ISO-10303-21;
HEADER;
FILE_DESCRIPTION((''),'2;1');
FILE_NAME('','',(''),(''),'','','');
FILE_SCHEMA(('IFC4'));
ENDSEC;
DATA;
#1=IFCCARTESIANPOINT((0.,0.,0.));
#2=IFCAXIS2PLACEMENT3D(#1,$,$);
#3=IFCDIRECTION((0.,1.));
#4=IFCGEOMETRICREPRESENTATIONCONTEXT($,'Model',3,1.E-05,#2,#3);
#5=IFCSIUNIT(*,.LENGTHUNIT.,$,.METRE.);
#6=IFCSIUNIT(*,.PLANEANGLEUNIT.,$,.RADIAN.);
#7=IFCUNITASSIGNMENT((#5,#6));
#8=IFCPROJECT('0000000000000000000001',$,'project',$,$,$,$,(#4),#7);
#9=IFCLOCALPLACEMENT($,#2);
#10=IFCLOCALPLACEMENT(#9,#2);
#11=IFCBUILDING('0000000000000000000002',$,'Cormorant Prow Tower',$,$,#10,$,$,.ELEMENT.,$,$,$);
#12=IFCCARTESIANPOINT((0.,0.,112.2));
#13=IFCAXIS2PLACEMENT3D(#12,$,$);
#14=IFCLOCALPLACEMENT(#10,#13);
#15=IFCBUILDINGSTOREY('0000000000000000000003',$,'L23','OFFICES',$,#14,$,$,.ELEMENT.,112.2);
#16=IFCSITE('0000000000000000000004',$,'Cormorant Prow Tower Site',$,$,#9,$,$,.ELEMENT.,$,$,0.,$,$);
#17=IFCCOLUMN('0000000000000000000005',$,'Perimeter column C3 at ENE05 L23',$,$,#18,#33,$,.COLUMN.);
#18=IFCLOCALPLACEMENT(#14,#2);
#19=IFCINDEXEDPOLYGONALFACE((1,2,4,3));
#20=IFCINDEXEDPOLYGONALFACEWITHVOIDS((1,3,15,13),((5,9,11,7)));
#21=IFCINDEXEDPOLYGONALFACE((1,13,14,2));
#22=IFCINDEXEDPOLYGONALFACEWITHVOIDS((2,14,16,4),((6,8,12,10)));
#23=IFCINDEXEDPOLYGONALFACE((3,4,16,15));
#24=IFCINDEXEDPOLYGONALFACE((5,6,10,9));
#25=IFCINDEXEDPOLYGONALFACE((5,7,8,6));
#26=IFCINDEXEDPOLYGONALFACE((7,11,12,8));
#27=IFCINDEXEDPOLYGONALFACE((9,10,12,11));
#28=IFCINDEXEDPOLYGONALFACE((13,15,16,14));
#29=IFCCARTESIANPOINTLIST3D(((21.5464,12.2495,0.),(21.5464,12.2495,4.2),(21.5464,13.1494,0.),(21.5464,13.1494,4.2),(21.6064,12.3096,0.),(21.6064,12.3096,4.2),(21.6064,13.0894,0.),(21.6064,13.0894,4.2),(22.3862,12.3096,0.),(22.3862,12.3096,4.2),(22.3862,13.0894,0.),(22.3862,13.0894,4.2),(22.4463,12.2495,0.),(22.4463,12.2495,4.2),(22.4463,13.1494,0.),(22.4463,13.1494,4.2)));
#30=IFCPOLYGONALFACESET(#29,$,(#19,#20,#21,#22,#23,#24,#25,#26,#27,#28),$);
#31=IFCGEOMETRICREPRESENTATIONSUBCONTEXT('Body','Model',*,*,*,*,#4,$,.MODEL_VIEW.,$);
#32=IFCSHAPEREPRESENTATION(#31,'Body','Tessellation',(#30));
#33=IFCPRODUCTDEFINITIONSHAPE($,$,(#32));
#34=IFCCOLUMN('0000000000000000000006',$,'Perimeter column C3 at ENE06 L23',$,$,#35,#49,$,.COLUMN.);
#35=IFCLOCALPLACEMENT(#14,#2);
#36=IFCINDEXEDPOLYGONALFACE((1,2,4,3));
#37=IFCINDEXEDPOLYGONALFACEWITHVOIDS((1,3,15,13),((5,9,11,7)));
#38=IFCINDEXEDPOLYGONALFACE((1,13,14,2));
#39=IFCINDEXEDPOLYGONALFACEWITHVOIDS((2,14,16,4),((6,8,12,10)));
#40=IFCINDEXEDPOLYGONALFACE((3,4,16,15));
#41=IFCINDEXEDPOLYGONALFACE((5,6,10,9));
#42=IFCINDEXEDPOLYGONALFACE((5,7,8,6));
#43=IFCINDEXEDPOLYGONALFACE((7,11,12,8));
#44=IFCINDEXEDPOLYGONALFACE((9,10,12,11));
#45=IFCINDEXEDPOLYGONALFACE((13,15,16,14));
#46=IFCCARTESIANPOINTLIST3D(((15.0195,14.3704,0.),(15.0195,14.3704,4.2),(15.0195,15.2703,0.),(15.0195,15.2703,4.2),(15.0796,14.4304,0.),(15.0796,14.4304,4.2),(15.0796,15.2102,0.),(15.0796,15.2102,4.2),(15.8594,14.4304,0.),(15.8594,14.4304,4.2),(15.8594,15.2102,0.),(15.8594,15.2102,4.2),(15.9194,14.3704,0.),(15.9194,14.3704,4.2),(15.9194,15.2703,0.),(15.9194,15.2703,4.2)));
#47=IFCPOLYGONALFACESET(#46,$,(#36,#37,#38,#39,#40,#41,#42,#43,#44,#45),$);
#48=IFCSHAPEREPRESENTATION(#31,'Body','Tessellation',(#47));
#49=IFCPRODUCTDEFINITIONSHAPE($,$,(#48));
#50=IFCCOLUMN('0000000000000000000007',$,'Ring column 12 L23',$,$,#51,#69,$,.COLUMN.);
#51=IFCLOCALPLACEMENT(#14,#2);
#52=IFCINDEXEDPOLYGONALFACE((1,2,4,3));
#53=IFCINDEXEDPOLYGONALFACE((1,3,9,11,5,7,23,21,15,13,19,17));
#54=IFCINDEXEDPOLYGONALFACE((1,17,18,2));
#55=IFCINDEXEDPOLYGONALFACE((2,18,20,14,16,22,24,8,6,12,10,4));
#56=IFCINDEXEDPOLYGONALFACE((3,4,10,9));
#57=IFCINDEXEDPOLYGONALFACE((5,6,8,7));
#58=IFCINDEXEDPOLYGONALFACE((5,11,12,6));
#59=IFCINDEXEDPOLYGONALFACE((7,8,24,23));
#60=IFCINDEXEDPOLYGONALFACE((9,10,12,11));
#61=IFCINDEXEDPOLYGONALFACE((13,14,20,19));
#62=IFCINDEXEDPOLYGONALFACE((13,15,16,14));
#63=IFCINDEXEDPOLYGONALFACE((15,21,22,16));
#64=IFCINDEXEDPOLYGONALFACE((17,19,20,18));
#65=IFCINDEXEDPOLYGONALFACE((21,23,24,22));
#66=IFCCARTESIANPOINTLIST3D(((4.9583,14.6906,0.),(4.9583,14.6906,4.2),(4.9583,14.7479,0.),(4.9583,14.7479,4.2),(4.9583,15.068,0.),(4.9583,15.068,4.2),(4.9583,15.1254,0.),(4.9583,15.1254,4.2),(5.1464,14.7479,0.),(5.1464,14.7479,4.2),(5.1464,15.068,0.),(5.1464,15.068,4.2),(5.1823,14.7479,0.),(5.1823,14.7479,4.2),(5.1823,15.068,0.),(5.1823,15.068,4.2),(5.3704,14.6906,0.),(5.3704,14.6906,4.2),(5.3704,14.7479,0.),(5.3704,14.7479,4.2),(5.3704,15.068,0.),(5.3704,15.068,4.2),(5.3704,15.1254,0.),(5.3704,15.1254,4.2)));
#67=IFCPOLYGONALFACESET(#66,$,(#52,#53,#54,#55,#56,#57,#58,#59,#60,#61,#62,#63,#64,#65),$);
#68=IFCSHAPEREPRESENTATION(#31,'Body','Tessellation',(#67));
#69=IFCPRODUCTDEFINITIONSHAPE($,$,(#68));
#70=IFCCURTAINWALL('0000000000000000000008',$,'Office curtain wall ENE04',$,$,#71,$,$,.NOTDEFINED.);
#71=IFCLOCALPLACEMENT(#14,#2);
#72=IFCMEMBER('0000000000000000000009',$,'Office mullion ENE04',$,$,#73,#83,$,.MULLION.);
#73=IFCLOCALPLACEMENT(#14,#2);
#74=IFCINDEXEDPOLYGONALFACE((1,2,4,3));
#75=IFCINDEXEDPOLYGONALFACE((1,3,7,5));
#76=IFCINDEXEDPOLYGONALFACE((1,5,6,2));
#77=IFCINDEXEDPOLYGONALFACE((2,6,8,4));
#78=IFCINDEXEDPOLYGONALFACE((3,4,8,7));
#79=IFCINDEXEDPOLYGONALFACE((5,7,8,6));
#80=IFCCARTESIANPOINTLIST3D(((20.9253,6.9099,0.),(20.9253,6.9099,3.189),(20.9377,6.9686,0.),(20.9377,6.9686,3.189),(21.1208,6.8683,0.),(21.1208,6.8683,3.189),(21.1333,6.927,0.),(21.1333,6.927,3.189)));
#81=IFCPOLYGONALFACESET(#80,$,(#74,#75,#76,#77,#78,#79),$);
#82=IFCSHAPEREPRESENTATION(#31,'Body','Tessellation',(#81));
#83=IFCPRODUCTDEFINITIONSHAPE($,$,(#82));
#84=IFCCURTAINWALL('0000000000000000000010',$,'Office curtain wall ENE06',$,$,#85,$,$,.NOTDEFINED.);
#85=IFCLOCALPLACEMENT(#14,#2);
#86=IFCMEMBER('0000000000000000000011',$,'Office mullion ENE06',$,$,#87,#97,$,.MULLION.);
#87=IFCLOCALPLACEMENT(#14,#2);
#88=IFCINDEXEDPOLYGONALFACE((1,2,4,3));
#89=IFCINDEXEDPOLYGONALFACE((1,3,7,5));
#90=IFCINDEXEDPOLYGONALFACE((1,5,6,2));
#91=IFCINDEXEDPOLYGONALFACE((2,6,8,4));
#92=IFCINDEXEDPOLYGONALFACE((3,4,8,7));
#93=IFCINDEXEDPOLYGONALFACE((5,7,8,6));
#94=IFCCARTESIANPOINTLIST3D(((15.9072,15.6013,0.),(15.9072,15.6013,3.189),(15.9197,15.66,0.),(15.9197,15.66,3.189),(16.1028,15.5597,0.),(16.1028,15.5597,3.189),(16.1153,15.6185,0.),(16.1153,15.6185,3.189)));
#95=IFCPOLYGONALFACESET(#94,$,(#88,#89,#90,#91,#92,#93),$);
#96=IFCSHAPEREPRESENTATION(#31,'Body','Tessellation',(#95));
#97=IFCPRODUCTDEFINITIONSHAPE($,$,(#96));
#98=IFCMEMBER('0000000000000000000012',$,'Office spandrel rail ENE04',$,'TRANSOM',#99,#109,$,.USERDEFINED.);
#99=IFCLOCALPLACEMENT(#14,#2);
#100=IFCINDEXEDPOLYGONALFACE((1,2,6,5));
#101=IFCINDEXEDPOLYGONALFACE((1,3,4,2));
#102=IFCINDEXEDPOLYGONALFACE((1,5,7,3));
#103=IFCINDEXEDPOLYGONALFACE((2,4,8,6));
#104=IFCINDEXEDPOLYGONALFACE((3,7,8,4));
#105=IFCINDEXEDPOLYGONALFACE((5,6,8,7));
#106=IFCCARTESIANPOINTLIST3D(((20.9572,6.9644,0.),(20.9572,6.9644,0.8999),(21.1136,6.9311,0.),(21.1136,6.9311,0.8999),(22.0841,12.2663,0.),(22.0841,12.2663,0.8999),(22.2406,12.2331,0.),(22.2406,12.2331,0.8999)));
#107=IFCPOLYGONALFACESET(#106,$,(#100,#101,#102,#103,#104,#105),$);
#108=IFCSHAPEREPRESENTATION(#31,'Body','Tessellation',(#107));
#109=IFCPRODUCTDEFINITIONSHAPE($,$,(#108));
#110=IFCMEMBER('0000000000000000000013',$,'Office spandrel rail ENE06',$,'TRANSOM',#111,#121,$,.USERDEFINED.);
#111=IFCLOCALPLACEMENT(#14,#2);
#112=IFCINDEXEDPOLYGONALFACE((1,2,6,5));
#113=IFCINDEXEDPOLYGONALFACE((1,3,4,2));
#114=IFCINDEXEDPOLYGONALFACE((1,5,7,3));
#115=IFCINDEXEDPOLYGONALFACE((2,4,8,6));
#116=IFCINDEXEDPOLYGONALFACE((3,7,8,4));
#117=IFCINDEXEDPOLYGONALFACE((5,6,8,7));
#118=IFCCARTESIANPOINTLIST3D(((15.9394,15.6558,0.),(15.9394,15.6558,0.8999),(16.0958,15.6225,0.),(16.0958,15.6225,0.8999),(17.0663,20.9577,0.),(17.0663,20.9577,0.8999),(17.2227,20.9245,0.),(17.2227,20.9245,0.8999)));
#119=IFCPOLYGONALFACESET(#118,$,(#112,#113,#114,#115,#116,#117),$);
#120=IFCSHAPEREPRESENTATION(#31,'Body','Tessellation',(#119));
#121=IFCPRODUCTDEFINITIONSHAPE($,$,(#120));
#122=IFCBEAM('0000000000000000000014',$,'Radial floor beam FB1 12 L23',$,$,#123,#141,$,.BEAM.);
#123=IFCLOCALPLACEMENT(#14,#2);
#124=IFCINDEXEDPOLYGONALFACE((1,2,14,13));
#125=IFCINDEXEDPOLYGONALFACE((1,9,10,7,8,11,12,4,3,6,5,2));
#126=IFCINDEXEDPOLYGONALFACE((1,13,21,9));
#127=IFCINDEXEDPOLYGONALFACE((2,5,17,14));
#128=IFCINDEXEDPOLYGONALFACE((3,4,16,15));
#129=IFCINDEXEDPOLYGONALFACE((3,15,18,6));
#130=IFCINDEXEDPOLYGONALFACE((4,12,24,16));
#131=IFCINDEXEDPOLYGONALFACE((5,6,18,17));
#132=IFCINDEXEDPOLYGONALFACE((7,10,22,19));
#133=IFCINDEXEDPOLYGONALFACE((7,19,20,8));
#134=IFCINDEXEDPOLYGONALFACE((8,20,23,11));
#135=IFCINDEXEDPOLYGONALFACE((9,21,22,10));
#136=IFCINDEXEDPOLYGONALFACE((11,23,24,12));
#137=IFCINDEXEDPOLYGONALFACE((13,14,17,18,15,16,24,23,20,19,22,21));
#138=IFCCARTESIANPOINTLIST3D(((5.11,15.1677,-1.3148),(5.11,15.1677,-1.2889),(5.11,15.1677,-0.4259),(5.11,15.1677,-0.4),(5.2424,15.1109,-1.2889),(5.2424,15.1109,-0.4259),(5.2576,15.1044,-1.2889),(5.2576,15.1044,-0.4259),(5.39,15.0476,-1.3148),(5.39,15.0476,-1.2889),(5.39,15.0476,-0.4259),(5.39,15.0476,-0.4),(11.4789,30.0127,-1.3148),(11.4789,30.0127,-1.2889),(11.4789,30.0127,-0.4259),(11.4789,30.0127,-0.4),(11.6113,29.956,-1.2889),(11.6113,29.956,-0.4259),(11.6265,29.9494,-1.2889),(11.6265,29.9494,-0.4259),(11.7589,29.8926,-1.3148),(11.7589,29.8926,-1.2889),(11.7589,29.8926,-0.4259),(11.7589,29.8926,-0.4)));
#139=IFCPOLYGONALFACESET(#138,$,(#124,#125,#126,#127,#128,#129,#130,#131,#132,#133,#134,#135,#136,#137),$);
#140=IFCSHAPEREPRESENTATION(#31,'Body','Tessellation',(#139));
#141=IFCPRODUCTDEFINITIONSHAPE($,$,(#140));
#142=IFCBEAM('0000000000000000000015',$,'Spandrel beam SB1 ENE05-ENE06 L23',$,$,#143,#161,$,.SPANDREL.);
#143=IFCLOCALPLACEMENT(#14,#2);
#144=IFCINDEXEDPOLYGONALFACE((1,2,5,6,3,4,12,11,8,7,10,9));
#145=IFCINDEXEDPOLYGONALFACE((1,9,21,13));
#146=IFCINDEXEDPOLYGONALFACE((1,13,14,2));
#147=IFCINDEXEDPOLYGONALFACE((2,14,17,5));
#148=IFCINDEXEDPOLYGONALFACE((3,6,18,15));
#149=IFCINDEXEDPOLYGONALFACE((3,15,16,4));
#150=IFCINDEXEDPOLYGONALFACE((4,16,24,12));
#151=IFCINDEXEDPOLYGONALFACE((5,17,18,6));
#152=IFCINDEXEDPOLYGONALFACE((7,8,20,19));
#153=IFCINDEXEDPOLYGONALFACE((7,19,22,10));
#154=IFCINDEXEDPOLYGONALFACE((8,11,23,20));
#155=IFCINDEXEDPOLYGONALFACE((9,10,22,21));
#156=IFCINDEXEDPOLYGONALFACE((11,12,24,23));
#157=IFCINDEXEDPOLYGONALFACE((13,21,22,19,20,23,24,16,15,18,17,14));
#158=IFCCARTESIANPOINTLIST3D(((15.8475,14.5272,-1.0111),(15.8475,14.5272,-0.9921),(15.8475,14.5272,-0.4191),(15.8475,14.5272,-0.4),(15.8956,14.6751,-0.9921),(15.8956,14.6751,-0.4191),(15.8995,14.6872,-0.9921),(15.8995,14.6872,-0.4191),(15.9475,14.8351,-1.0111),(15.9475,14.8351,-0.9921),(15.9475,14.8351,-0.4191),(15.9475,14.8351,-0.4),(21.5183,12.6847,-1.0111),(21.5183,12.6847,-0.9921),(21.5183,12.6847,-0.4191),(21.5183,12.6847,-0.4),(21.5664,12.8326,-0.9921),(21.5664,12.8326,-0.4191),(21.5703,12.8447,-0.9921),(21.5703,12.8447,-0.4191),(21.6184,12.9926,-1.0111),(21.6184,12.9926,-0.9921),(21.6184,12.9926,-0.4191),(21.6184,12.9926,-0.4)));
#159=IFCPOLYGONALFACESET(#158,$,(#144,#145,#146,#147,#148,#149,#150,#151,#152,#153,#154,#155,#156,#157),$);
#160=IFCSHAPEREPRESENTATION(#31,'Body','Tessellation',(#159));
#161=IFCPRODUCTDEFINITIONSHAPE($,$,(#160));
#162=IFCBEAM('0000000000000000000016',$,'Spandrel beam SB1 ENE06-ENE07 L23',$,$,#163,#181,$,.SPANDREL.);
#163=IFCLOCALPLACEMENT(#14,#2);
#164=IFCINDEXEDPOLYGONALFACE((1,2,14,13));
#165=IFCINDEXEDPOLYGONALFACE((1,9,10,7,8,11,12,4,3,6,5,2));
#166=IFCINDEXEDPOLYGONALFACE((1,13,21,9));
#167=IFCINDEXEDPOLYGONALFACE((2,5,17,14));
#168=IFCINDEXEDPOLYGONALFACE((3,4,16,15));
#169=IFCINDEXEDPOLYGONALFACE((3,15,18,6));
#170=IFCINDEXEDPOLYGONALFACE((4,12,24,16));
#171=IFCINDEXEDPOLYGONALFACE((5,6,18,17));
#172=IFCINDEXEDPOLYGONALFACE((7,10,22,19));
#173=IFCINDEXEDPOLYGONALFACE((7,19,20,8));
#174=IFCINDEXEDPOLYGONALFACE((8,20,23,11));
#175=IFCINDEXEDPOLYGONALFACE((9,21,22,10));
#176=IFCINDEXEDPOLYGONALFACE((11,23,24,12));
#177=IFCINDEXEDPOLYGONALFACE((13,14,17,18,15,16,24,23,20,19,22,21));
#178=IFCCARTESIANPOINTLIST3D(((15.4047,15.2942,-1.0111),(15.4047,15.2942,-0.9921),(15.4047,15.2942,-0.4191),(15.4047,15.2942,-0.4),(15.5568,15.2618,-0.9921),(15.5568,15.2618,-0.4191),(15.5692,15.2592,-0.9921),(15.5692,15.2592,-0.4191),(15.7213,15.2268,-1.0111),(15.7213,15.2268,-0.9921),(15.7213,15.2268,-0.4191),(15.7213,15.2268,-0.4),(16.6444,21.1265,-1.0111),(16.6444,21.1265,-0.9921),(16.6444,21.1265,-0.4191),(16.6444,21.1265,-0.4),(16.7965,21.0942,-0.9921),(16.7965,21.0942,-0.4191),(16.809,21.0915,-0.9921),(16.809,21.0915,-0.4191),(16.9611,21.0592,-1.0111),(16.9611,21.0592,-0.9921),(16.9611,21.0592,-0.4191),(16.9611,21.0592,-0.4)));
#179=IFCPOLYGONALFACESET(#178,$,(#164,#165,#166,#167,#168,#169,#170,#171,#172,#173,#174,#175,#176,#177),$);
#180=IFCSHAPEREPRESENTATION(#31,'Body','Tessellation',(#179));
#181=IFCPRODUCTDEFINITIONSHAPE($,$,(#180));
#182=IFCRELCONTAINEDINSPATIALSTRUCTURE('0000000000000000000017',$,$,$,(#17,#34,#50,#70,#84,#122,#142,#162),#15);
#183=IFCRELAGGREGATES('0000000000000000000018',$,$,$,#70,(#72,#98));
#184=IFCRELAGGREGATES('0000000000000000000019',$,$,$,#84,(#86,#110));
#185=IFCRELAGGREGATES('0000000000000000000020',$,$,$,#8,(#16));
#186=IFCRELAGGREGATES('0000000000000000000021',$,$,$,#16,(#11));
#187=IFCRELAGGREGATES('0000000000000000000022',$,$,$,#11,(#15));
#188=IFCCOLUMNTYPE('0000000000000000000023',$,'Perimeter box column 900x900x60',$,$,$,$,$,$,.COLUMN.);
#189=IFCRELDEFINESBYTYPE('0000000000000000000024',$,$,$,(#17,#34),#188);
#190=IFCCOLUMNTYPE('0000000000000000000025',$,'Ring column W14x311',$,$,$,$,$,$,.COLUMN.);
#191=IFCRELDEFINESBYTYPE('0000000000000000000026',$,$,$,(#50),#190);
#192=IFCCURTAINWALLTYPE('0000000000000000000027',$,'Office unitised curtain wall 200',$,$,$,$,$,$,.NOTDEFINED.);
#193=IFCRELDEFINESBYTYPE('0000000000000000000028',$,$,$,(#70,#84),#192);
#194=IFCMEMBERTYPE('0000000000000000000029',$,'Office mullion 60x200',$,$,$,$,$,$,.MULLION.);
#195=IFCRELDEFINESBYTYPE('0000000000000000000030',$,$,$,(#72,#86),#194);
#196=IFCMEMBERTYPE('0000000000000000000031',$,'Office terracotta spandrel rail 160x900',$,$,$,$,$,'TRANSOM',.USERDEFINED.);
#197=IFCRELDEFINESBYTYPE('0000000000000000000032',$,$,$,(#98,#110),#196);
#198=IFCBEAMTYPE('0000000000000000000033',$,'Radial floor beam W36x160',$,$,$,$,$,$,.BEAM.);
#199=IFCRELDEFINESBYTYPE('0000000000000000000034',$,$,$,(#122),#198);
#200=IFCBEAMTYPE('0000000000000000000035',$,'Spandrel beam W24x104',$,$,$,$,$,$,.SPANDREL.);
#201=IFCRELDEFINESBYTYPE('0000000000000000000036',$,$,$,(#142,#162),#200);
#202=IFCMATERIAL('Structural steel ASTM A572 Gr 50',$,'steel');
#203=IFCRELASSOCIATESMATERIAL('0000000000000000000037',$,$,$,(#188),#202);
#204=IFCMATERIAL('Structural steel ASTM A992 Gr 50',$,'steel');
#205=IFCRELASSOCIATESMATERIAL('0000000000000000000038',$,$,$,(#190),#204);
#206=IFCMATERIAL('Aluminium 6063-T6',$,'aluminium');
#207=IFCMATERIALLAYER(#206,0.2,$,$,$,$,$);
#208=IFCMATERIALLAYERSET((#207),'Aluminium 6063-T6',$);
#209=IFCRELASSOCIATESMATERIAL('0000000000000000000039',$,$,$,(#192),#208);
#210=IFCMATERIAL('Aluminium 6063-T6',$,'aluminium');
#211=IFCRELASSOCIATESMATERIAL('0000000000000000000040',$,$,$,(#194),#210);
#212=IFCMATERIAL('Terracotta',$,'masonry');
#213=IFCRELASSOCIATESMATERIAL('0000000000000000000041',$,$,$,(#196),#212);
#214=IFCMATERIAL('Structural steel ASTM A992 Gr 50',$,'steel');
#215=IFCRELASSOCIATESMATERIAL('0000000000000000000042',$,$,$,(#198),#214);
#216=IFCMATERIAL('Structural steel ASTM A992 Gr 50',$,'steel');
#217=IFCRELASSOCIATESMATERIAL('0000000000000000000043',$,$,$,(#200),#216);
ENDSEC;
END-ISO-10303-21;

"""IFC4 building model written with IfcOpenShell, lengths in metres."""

from ifc_helpers import new_model, si_unit, direction, frame, origin, origin_2d, place, context, subcontext, project, spatial, rectangle, hollow_rectangle, i_section, extrude, material, layer, layer_set, material_profile, profile_set, type_object, element, aggregate, save


model = new_model("IFC4")

# Units and contexts
model_context = context("Model", 3, precision=1e-05, world=origin(), true_north=direction((0.0, 1.0)))
body_context = subcontext(model_context, "Body", "Model", "MODEL_VIEW")
ifc_project = project(units=[si_unit("LENGTHUNIT", "METRE"), si_unit("PLANEANGLEUNIT", "RADIAN")], contexts=[model_context])

# Site, building, storey
site_placement = place(None, origin())
site = spatial("IfcSite", under=ifc_project, at=site_placement, Name="Cormorant Prow Tower Site", CompositionType="ELEMENT", RefElevation=0.0)
building_placement = place(site_placement, origin())
building = spatial("IfcBuilding", under=site, at=building_placement, Name="Cormorant Prow Tower", CompositionType="ELEMENT")
storey_placement = place(building_placement, frame((0.0, 0.0, 112.2)))
storey = spatial("IfcBuildingStorey", under=building, at=storey_placement, Name="L23", Description="OFFICES", CompositionType="ELEMENT", Elevation=112.2)

# Columns
ifc_material_1 = material(Name="Structural steel ASTM A572 Gr 50", Category="steel")
ifc_material_profile_1 = material_profile(ifc_material_1, hollow_rectangle(XDim=0.8999, YDim=0.8999, WallThickness=0.0601, at=origin_2d()), Name="Box 900x900x60")
ifc_profile_set_1 = profile_set([ifc_material_profile_1], Name="Structural steel ASTM A572 Gr 50")
column_type_1 = type_object("IfcColumnType", Name="Perimeter box column 900x900x60", PredefinedType="COLUMN", material=ifc_profile_set_1)
for number, where, z_axis, x_axis, name in (
    (1, (21.9963, 12.6995, 0.0), (0.0, 0.0, 1.0), (1.0, 0.0, 0.0), "Perimeter column C3 at ENE05 L23"),
    (2, (15.4695, 14.8203, 0.0), (0.0, 0.0, 1.0), (1.0, 0.0, 0.0), "Perimeter column C3 at ENE06 L23"),
):
    element("IfcColumn", number, at=place(storey_placement, frame(where, z_axis=z_axis, x_axis=x_axis)), inside=storey, type_object=column_type_1, Name=name, PredefinedType="COLUMN", context=body_context, shape_type="SweptSolid", body=[
        extrude(hollow_rectangle(XDim=0.8999, YDim=0.8999, WallThickness=0.0601, at=origin_2d()), origin(), (0.0, 0.0, 1.0), 4.2),
    ])
ifc_material_2 = material(Name="Structural steel ASTM A992 Gr 50", Category="steel")
ifc_material_profile_2 = material_profile(ifc_material_2, i_section(OverallWidth=0.4121, OverallDepth=0.4348, WebThickness=0.0359, FlangeThickness=0.0574, at=origin_2d()), Name="W14x311")
ifc_profile_set_2 = profile_set([ifc_material_profile_2], Name="Structural steel ASTM A992 Gr 50")
column_type_2 = type_object("IfcColumnType", Name="Ring column W14x311", PredefinedType="COLUMN", material=ifc_profile_set_2)
column_placement = place(storey_placement, frame((5.1643, 14.908, 0.0), z_axis=(0.0, 0.0, 1.0), x_axis=(1.0, 0.0, 0.0)))
element("IfcColumn", 3, at=column_placement, inside=storey, type_object=column_type_2, Name="Ring column 12 L23", PredefinedType="COLUMN", context=body_context, shape_type="SweptSolid", body=[
    extrude(i_section(OverallWidth=0.4121, OverallDepth=0.4348, WebThickness=0.0359, FlangeThickness=0.0574, at=origin_2d()), origin(), (0.0, 0.0, 1.0), 4.2),
])

# Curtain walls, members
ifc_material_3 = material(Name="Aluminium 6063-T6", Category="aluminium")
ifc_layer_1 = layer(ifc_material_3, 0.2)
ifc_layer_set_1 = layer_set([ifc_layer_1], Name="Aluminium 6063-T6")
curtain_wall_type = type_object("IfcCurtainWallType", Name="Office unitised curtain wall 200", PredefinedType="NOTDEFINED", material=ifc_layer_set_1)
curtain_wall_1_placement = place(storey_placement, origin())
curtain_wall_1 = element("IfcCurtainWall", 4, at=curtain_wall_1_placement, inside=storey, type_object=curtain_wall_type, Name="Office curtain wall ENE04", PredefinedType="NOTDEFINED")
ifc_material_4 = material(Name="Aluminium 6063-T6", Category="aluminium")
ifc_material_profile_3 = material_profile(ifc_material_4, rectangle(XDim=0.2, YDim=0.0601, at=origin_2d()), Name="Office mullion 60x200")
ifc_profile_set_3 = profile_set([ifc_material_profile_3], Name="Aluminium 6063-T6")
member_type_1 = type_object("IfcMemberType", Name="Office mullion 60x200", PredefinedType="MULLION", material=ifc_profile_set_3)
member_1_placement = place(storey_placement, frame((21.0293, 6.9185, 0.0), z_axis=(0.0, 0.0, 1.0), x_axis=(-0.978148, 0.207912, 0.0)))
member_1 = element("IfcMember", 5, at=member_1_placement, type_object=member_type_1, Name="Office mullion ENE04", PredefinedType="MULLION", context=body_context, shape_type="SweptSolid", body=[
    extrude(rectangle(XDim=0.2, YDim=0.0601, at=origin_2d()), origin(), (0.0, 0.0, 1.0), 3.189),
])
curtain_wall_2_placement = place(storey_placement, origin())
curtain_wall_2 = element("IfcCurtainWall", 6, at=curtain_wall_2_placement, inside=storey, type_object=curtain_wall_type, Name="Office curtain wall ENE06", PredefinedType="NOTDEFINED")
member_2_placement = place(storey_placement, frame((16.0112, 15.6099, 0.0), z_axis=(0.0, 0.0, 1.0), x_axis=(-0.978148, 0.207912, 0.0)))
member_2 = element("IfcMember", 7, at=member_2_placement, type_object=member_type_1, Name="Office mullion ENE06", PredefinedType="MULLION", context=body_context, shape_type="SweptSolid", body=[
    extrude(rectangle(XDim=0.2, YDim=0.0601, at=origin_2d()), origin(), (0.0, 0.0, 1.0), 3.189),
])

# Members
ifc_material_5 = material(Name="Terracotta", Category="masonry")
ifc_material_profile_4 = material_profile(ifc_material_5, rectangle(XDim=0.1599, YDim=0.8999, at=origin_2d()), Name="Office terracotta spandrel rail 160x900")
ifc_profile_set_4 = profile_set([ifc_material_profile_4], Name="Terracotta")
member_type_2 = type_object("IfcMemberType", Name="Office terracotta spandrel rail 160x900", ElementType="TRANSOM", PredefinedType="USERDEFINED", material=ifc_profile_set_4)
member_3_placement = place(storey_placement, frame((21.0354, 6.9478, 0.45), z_axis=(0.207908, 0.978148, 0.0), x_axis=(-0.978148, 0.207908, 0.0)))
member_3 = element("IfcMember", 8, at=member_3_placement, type_object=member_type_2, Name="Office spandrel rail ENE04", ObjectType="TRANSOM", PredefinedType="USERDEFINED", context=body_context, shape_type="SweptSolid", body=[
    extrude(rectangle(XDim=0.1599, YDim=0.8999, at=origin_2d()), origin(), (0.0, 0.0, 1.0), 5.4204),
])
member_4_placement = place(storey_placement, frame((16.0176, 15.6392, 0.45), z_axis=(0.207908, 0.978148, 0.0), x_axis=(-0.978148, 0.207908, 0.0)))
member_4 = element("IfcMember", 9, at=member_4_placement, type_object=member_type_2, Name="Office spandrel rail ENE06", ObjectType="TRANSOM", PredefinedType="USERDEFINED", context=body_context, shape_type="SweptSolid", body=[
    extrude(rectangle(XDim=0.1599, YDim=0.8999, at=origin_2d()), origin(), (0.0, 0.0, 1.0), 5.4204),
])

# Beams
ifc_material_6 = material(Name="Structural steel ASTM A992 Gr 50", Category="steel")
ifc_material_profile_5 = material_profile(ifc_material_6, i_section(OverallWidth=0.3047, OverallDepth=0.9148, WebThickness=0.0166, FlangeThickness=0.0259, at=origin_2d()), Name="W36x160")
ifc_profile_set_5 = profile_set([ifc_material_profile_5], Name="Structural steel ASTM A992 Gr 50")
beam_type_1 = type_object("IfcBeamType", Name="Radial floor beam W36x160", PredefinedType="BEAM", material=ifc_profile_set_5)
beam_placement = place(storey_placement, frame((5.25, 15.1077, -0.8574), z_axis=(0.394273, 0.918993, 0.0), x_axis=(-0.918993, 0.394273, 0.0)))
element("IfcBeam", 10, at=beam_placement, inside=storey, type_object=beam_type_1, Name="Radial floor beam FB1 12 L23", PredefinedType="BEAM", context=body_context, shape_type="SweptSolid", body=[
    extrude(i_section(OverallWidth=0.3047, OverallDepth=0.9148, WebThickness=0.0166, FlangeThickness=0.0259, at=origin_2d()), origin(), (0.0, 0.0, 1.0), 16.1536),
])
ifc_material_7 = material(Name="Structural steel ASTM A992 Gr 50", Category="steel")
ifc_material_profile_6 = material_profile(ifc_material_7, i_section(OverallWidth=0.3237, OverallDepth=0.6111, WebThickness=0.0127, FlangeThickness=0.019, at=origin_2d()), Name="W24x104")
ifc_profile_set_6 = profile_set([ifc_material_profile_6], Name="Structural steel ASTM A992 Gr 50")
beam_type_2 = type_object("IfcBeamType", Name="Spandrel beam W24x104", PredefinedType="SPANDREL", material=ifc_profile_set_6)
for number, where, z_axis, x_axis, name in (
    (11, (21.5684, 12.8386, -0.7056), (-0.951059, 0.309008, 0.0), (-0.309008, -0.951059, 0.0), "Spandrel beam SB1 ENE05-ENE06 L23"),
    (12, (15.563, 15.2605, -0.7056), (0.207921, 0.978146, 0.0), (-0.978146, 0.207921, 0.0), "Spandrel beam SB1 ENE06-ENE07 L23"),
):
    element("IfcBeam", number, at=place(storey_placement, frame(where, z_axis=z_axis, x_axis=x_axis)), inside=storey, type_object=beam_type_2, Name=name, PredefinedType="SPANDREL", context=body_context, shape_type="SweptSolid", body=[
        extrude(i_section(OverallWidth=0.3237, OverallDepth=0.6111, WebThickness=0.0127, FlangeThickness=0.019, at=origin_2d()), origin(), (0.0, 0.0, 1.0), 5.9626),
    ])

aggregate(curtain_wall_1, [member_1, member_3])
aggregate(curtain_wall_2, [member_2, member_4])

save(model, "model.ifc")
